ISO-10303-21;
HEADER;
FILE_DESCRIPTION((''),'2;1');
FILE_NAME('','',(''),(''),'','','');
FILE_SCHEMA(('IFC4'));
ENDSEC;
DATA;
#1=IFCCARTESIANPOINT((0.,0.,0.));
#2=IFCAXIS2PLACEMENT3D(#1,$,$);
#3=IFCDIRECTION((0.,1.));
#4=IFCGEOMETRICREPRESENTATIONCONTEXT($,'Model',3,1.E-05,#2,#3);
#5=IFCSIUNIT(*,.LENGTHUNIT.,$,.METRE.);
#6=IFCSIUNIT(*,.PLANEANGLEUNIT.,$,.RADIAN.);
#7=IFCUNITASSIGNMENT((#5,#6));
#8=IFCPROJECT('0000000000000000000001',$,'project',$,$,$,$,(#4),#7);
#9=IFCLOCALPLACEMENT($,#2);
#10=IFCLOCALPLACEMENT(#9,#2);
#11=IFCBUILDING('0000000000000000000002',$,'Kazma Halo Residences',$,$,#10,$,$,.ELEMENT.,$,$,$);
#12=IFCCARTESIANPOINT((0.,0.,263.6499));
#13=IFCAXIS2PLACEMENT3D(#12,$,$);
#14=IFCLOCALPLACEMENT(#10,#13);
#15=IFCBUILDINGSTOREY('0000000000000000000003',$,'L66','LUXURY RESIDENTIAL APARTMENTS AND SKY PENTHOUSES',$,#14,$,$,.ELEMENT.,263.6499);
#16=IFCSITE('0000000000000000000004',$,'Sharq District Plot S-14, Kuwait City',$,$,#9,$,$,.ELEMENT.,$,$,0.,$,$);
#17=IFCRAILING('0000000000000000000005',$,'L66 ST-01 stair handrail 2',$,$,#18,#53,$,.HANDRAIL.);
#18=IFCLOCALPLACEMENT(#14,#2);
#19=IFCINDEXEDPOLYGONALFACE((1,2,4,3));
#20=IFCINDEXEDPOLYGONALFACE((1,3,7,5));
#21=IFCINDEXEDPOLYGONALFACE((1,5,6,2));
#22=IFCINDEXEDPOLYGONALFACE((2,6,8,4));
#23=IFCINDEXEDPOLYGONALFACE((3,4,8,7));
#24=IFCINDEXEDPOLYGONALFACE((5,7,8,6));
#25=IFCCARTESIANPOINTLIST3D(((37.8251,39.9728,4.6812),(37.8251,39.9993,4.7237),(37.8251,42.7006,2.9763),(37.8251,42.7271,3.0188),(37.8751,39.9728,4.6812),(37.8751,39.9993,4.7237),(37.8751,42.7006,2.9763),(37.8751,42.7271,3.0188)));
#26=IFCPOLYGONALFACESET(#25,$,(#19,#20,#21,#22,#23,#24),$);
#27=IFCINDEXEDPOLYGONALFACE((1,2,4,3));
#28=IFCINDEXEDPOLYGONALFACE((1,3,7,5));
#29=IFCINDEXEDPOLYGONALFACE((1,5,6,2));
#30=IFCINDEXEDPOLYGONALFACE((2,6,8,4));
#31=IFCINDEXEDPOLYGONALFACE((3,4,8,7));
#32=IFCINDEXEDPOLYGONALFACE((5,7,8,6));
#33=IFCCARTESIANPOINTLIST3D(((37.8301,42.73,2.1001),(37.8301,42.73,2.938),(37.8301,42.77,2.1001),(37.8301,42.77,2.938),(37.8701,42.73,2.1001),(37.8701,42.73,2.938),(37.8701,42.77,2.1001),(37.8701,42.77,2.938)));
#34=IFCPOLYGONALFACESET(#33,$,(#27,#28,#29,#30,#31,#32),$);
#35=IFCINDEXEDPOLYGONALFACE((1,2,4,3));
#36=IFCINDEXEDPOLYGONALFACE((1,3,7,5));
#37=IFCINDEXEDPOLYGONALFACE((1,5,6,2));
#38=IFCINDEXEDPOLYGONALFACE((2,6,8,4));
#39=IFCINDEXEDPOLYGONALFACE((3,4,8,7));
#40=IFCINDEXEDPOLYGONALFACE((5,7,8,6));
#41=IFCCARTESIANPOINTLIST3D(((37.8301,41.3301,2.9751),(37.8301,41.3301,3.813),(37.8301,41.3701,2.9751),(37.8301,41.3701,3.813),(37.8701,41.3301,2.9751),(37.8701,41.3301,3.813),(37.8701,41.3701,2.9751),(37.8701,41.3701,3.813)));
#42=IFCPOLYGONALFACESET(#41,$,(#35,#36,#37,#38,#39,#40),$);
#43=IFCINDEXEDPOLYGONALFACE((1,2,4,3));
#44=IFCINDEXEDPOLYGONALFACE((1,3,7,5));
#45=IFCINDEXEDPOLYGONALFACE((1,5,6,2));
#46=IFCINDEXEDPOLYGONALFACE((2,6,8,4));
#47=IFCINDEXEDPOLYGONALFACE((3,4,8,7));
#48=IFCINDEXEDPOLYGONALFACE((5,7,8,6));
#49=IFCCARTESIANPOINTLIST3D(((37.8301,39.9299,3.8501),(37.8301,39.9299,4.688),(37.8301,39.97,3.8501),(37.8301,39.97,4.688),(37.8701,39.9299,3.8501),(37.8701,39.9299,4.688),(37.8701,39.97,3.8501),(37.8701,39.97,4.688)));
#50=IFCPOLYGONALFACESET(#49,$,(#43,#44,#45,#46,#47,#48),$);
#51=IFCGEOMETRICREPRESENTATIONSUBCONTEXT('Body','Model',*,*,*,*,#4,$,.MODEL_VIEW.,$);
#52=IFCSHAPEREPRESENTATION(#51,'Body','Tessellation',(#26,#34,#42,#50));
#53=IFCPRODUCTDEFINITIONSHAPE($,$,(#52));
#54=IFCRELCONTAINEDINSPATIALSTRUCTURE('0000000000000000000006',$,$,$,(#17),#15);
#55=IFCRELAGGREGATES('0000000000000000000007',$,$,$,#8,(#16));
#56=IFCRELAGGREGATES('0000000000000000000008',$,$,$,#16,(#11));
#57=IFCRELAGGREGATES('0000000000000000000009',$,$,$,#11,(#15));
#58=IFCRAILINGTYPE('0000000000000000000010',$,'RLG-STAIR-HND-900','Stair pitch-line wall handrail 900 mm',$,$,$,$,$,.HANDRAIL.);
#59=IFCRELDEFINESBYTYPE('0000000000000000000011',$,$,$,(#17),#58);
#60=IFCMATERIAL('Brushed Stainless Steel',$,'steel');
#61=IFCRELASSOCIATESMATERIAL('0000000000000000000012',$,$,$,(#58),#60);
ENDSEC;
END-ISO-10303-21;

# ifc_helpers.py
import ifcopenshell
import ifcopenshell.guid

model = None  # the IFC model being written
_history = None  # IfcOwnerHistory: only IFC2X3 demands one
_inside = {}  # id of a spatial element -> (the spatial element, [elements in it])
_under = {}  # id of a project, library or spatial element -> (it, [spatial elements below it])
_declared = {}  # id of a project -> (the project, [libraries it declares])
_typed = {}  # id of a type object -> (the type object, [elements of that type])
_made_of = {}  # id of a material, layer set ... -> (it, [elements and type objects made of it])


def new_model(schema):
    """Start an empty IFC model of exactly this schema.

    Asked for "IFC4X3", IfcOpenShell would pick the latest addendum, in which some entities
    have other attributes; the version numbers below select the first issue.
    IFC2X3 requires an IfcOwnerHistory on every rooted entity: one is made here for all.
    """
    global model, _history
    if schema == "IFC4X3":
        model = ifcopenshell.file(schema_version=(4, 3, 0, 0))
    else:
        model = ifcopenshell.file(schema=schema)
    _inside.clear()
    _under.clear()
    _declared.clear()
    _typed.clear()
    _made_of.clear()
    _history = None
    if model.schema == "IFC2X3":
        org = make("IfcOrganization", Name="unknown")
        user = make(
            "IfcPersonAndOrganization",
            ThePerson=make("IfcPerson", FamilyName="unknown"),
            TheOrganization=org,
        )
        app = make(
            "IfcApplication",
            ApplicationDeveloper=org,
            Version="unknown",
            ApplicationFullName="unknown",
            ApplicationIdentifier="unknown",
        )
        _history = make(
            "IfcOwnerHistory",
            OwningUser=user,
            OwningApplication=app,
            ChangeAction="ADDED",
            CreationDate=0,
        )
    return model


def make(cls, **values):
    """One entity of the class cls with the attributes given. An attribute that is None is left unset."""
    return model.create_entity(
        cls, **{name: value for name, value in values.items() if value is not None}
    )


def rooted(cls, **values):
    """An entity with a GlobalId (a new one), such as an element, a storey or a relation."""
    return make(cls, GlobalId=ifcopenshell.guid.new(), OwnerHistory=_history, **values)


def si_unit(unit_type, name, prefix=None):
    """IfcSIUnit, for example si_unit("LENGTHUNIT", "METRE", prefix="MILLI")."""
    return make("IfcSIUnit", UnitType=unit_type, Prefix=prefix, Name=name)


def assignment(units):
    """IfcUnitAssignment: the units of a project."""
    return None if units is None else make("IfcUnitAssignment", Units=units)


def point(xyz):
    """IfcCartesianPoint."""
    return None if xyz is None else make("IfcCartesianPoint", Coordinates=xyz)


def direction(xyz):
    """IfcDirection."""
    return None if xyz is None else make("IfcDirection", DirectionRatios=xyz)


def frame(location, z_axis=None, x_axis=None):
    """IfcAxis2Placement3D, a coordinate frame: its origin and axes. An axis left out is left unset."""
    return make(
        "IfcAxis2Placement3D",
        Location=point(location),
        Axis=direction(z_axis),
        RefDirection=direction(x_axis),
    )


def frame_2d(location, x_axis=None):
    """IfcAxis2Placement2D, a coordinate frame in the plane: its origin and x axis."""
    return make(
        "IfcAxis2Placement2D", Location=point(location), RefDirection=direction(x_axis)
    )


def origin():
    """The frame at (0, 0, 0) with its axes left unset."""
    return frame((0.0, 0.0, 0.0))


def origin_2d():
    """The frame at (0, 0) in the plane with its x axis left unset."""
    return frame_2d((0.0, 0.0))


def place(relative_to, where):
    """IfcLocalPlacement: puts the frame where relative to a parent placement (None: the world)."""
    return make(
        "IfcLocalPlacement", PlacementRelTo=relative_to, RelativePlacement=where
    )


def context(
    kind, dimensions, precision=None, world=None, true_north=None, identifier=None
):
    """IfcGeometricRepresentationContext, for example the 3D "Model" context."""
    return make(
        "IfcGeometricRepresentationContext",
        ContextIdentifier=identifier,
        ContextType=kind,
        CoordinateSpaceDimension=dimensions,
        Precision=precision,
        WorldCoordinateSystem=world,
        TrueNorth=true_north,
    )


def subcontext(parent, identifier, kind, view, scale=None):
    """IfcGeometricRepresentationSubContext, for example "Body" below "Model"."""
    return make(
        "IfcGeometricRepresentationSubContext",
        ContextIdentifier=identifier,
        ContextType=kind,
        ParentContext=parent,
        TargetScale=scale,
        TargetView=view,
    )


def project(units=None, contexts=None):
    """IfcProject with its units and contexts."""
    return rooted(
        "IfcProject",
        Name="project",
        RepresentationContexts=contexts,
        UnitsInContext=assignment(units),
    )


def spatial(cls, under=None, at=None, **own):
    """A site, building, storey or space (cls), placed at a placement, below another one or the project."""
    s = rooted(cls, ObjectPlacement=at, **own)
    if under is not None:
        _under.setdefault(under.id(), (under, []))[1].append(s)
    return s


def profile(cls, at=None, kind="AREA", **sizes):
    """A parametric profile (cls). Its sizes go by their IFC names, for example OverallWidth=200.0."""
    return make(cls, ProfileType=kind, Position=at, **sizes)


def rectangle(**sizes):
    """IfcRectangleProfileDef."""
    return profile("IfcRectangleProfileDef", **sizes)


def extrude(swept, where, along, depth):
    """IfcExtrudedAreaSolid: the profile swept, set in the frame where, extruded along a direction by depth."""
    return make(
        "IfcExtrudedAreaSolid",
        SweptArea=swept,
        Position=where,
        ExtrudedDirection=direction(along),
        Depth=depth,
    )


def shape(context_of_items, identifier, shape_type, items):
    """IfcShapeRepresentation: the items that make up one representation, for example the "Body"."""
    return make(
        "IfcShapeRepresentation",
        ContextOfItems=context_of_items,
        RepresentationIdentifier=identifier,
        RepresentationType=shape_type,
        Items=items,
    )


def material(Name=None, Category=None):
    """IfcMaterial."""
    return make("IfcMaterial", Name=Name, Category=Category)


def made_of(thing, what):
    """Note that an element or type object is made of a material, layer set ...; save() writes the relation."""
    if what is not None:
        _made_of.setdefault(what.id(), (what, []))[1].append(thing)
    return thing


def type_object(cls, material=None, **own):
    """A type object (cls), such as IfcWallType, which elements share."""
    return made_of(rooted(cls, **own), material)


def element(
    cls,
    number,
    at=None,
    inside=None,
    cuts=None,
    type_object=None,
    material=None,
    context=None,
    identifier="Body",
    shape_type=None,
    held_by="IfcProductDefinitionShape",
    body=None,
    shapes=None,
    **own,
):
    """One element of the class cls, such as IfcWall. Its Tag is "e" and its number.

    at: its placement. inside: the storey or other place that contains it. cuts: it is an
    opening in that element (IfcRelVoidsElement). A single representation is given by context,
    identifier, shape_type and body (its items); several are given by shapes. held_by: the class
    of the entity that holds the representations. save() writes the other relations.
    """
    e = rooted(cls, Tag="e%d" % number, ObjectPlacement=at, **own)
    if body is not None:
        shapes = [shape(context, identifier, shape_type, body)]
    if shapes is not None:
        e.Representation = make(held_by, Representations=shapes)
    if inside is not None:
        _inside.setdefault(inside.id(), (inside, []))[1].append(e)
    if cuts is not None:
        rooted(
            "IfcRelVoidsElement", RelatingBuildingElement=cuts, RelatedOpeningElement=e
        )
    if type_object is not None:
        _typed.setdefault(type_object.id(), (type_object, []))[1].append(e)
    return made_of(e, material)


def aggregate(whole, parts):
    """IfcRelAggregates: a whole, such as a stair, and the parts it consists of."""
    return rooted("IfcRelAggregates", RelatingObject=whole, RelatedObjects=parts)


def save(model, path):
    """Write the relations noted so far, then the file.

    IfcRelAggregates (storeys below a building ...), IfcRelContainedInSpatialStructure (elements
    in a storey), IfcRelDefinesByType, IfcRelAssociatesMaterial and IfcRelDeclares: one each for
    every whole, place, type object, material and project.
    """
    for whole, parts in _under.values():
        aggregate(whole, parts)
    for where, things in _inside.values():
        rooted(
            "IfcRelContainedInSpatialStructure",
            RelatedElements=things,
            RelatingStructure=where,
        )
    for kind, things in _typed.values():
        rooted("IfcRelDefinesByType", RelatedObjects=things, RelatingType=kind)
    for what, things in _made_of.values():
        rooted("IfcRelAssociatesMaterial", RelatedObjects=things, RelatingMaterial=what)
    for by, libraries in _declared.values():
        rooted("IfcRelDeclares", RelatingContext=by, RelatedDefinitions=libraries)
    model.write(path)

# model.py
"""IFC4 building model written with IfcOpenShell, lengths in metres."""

from ifc_helpers import new_model, si_unit, direction, frame, origin, origin_2d, place, context, subcontext, project, spatial, rectangle, extrude, material, type_object, element, save


model = new_model("IFC4")

# Units and contexts
model_context = context("Model", 3, precision=1e-05, world=origin(), true_north=direction((0.0, 1.0)))
body_context = subcontext(model_context, "Body", "Model", "MODEL_VIEW")
ifc_project = project(units=[si_unit("LENGTHUNIT", "METRE"), si_unit("PLANEANGLEUNIT", "RADIAN")], contexts=[model_context])

# Site, building, storey
site_placement = place(None, origin())
site = spatial("IfcSite", under=ifc_project, at=site_placement, Name="Sharq District Plot S-14, Kuwait City", CompositionType="ELEMENT", RefElevation=0.0)
building_placement = place(site_placement, origin())
building = spatial("IfcBuilding", under=site, at=building_placement, Name="Kazma Halo Residences", CompositionType="ELEMENT")
storey_placement = place(building_placement, frame((0.0, 0.0, 263.6499)))
storey = spatial("IfcBuildingStorey", under=building, at=storey_placement, Name="L66", Description="LUXURY RESIDENTIAL APARTMENTS AND SKY PENTHOUSES", CompositionType="ELEMENT", Elevation=263.6499)

# Railing
ifc_material_1 = material(Name="Brushed Stainless Steel", Category="steel")
railing_type_1 = type_object("IfcRailingType", Name="RLG-STAIR-HND-900", Description="Stair pitch-line wall handrail 900 mm", PredefinedType="HANDRAIL", material=ifc_material_1)
railing_1_placement = place(storey_placement, frame((37.8501, 42.75, 2.1001)))
element("IfcRailing", 1, at=railing_1_placement, inside=storey, type_object=railing_type_1, Name="L66 ST-01 stair handrail 2", PredefinedType="HANDRAIL", context=body_context, shape_type="SweptSolid", body=[
    extrude(rectangle(XDim=0.05, YDim=0.05, at=origin_2d()), frame((0.0, -0.0361, 0.8975), z_axis=(0.0, -0.848002, 0.529992), x_axis=(1.0, 0.0, 0.0)), (0.0, 0.0, 1.0), 3.2168),
    extrude(rectangle(XDim=0.04, YDim=0.04, at=origin_2d()), origin(), (0.0, 0.0, 1.0), 0.8379),
    extrude(rectangle(XDim=0.04, YDim=0.04, at=origin_2d()), frame((0.0, -1.3999, 0.875)), (0.0, 0.0, 1.0), 0.8379),
    extrude(rectangle(XDim=0.04, YDim=0.04, at=origin_2d()), frame((0.0, -2.8, 1.75)), (0.0, 0.0, 1.0), 0.8379),
])

save(model, "model.ifc")
